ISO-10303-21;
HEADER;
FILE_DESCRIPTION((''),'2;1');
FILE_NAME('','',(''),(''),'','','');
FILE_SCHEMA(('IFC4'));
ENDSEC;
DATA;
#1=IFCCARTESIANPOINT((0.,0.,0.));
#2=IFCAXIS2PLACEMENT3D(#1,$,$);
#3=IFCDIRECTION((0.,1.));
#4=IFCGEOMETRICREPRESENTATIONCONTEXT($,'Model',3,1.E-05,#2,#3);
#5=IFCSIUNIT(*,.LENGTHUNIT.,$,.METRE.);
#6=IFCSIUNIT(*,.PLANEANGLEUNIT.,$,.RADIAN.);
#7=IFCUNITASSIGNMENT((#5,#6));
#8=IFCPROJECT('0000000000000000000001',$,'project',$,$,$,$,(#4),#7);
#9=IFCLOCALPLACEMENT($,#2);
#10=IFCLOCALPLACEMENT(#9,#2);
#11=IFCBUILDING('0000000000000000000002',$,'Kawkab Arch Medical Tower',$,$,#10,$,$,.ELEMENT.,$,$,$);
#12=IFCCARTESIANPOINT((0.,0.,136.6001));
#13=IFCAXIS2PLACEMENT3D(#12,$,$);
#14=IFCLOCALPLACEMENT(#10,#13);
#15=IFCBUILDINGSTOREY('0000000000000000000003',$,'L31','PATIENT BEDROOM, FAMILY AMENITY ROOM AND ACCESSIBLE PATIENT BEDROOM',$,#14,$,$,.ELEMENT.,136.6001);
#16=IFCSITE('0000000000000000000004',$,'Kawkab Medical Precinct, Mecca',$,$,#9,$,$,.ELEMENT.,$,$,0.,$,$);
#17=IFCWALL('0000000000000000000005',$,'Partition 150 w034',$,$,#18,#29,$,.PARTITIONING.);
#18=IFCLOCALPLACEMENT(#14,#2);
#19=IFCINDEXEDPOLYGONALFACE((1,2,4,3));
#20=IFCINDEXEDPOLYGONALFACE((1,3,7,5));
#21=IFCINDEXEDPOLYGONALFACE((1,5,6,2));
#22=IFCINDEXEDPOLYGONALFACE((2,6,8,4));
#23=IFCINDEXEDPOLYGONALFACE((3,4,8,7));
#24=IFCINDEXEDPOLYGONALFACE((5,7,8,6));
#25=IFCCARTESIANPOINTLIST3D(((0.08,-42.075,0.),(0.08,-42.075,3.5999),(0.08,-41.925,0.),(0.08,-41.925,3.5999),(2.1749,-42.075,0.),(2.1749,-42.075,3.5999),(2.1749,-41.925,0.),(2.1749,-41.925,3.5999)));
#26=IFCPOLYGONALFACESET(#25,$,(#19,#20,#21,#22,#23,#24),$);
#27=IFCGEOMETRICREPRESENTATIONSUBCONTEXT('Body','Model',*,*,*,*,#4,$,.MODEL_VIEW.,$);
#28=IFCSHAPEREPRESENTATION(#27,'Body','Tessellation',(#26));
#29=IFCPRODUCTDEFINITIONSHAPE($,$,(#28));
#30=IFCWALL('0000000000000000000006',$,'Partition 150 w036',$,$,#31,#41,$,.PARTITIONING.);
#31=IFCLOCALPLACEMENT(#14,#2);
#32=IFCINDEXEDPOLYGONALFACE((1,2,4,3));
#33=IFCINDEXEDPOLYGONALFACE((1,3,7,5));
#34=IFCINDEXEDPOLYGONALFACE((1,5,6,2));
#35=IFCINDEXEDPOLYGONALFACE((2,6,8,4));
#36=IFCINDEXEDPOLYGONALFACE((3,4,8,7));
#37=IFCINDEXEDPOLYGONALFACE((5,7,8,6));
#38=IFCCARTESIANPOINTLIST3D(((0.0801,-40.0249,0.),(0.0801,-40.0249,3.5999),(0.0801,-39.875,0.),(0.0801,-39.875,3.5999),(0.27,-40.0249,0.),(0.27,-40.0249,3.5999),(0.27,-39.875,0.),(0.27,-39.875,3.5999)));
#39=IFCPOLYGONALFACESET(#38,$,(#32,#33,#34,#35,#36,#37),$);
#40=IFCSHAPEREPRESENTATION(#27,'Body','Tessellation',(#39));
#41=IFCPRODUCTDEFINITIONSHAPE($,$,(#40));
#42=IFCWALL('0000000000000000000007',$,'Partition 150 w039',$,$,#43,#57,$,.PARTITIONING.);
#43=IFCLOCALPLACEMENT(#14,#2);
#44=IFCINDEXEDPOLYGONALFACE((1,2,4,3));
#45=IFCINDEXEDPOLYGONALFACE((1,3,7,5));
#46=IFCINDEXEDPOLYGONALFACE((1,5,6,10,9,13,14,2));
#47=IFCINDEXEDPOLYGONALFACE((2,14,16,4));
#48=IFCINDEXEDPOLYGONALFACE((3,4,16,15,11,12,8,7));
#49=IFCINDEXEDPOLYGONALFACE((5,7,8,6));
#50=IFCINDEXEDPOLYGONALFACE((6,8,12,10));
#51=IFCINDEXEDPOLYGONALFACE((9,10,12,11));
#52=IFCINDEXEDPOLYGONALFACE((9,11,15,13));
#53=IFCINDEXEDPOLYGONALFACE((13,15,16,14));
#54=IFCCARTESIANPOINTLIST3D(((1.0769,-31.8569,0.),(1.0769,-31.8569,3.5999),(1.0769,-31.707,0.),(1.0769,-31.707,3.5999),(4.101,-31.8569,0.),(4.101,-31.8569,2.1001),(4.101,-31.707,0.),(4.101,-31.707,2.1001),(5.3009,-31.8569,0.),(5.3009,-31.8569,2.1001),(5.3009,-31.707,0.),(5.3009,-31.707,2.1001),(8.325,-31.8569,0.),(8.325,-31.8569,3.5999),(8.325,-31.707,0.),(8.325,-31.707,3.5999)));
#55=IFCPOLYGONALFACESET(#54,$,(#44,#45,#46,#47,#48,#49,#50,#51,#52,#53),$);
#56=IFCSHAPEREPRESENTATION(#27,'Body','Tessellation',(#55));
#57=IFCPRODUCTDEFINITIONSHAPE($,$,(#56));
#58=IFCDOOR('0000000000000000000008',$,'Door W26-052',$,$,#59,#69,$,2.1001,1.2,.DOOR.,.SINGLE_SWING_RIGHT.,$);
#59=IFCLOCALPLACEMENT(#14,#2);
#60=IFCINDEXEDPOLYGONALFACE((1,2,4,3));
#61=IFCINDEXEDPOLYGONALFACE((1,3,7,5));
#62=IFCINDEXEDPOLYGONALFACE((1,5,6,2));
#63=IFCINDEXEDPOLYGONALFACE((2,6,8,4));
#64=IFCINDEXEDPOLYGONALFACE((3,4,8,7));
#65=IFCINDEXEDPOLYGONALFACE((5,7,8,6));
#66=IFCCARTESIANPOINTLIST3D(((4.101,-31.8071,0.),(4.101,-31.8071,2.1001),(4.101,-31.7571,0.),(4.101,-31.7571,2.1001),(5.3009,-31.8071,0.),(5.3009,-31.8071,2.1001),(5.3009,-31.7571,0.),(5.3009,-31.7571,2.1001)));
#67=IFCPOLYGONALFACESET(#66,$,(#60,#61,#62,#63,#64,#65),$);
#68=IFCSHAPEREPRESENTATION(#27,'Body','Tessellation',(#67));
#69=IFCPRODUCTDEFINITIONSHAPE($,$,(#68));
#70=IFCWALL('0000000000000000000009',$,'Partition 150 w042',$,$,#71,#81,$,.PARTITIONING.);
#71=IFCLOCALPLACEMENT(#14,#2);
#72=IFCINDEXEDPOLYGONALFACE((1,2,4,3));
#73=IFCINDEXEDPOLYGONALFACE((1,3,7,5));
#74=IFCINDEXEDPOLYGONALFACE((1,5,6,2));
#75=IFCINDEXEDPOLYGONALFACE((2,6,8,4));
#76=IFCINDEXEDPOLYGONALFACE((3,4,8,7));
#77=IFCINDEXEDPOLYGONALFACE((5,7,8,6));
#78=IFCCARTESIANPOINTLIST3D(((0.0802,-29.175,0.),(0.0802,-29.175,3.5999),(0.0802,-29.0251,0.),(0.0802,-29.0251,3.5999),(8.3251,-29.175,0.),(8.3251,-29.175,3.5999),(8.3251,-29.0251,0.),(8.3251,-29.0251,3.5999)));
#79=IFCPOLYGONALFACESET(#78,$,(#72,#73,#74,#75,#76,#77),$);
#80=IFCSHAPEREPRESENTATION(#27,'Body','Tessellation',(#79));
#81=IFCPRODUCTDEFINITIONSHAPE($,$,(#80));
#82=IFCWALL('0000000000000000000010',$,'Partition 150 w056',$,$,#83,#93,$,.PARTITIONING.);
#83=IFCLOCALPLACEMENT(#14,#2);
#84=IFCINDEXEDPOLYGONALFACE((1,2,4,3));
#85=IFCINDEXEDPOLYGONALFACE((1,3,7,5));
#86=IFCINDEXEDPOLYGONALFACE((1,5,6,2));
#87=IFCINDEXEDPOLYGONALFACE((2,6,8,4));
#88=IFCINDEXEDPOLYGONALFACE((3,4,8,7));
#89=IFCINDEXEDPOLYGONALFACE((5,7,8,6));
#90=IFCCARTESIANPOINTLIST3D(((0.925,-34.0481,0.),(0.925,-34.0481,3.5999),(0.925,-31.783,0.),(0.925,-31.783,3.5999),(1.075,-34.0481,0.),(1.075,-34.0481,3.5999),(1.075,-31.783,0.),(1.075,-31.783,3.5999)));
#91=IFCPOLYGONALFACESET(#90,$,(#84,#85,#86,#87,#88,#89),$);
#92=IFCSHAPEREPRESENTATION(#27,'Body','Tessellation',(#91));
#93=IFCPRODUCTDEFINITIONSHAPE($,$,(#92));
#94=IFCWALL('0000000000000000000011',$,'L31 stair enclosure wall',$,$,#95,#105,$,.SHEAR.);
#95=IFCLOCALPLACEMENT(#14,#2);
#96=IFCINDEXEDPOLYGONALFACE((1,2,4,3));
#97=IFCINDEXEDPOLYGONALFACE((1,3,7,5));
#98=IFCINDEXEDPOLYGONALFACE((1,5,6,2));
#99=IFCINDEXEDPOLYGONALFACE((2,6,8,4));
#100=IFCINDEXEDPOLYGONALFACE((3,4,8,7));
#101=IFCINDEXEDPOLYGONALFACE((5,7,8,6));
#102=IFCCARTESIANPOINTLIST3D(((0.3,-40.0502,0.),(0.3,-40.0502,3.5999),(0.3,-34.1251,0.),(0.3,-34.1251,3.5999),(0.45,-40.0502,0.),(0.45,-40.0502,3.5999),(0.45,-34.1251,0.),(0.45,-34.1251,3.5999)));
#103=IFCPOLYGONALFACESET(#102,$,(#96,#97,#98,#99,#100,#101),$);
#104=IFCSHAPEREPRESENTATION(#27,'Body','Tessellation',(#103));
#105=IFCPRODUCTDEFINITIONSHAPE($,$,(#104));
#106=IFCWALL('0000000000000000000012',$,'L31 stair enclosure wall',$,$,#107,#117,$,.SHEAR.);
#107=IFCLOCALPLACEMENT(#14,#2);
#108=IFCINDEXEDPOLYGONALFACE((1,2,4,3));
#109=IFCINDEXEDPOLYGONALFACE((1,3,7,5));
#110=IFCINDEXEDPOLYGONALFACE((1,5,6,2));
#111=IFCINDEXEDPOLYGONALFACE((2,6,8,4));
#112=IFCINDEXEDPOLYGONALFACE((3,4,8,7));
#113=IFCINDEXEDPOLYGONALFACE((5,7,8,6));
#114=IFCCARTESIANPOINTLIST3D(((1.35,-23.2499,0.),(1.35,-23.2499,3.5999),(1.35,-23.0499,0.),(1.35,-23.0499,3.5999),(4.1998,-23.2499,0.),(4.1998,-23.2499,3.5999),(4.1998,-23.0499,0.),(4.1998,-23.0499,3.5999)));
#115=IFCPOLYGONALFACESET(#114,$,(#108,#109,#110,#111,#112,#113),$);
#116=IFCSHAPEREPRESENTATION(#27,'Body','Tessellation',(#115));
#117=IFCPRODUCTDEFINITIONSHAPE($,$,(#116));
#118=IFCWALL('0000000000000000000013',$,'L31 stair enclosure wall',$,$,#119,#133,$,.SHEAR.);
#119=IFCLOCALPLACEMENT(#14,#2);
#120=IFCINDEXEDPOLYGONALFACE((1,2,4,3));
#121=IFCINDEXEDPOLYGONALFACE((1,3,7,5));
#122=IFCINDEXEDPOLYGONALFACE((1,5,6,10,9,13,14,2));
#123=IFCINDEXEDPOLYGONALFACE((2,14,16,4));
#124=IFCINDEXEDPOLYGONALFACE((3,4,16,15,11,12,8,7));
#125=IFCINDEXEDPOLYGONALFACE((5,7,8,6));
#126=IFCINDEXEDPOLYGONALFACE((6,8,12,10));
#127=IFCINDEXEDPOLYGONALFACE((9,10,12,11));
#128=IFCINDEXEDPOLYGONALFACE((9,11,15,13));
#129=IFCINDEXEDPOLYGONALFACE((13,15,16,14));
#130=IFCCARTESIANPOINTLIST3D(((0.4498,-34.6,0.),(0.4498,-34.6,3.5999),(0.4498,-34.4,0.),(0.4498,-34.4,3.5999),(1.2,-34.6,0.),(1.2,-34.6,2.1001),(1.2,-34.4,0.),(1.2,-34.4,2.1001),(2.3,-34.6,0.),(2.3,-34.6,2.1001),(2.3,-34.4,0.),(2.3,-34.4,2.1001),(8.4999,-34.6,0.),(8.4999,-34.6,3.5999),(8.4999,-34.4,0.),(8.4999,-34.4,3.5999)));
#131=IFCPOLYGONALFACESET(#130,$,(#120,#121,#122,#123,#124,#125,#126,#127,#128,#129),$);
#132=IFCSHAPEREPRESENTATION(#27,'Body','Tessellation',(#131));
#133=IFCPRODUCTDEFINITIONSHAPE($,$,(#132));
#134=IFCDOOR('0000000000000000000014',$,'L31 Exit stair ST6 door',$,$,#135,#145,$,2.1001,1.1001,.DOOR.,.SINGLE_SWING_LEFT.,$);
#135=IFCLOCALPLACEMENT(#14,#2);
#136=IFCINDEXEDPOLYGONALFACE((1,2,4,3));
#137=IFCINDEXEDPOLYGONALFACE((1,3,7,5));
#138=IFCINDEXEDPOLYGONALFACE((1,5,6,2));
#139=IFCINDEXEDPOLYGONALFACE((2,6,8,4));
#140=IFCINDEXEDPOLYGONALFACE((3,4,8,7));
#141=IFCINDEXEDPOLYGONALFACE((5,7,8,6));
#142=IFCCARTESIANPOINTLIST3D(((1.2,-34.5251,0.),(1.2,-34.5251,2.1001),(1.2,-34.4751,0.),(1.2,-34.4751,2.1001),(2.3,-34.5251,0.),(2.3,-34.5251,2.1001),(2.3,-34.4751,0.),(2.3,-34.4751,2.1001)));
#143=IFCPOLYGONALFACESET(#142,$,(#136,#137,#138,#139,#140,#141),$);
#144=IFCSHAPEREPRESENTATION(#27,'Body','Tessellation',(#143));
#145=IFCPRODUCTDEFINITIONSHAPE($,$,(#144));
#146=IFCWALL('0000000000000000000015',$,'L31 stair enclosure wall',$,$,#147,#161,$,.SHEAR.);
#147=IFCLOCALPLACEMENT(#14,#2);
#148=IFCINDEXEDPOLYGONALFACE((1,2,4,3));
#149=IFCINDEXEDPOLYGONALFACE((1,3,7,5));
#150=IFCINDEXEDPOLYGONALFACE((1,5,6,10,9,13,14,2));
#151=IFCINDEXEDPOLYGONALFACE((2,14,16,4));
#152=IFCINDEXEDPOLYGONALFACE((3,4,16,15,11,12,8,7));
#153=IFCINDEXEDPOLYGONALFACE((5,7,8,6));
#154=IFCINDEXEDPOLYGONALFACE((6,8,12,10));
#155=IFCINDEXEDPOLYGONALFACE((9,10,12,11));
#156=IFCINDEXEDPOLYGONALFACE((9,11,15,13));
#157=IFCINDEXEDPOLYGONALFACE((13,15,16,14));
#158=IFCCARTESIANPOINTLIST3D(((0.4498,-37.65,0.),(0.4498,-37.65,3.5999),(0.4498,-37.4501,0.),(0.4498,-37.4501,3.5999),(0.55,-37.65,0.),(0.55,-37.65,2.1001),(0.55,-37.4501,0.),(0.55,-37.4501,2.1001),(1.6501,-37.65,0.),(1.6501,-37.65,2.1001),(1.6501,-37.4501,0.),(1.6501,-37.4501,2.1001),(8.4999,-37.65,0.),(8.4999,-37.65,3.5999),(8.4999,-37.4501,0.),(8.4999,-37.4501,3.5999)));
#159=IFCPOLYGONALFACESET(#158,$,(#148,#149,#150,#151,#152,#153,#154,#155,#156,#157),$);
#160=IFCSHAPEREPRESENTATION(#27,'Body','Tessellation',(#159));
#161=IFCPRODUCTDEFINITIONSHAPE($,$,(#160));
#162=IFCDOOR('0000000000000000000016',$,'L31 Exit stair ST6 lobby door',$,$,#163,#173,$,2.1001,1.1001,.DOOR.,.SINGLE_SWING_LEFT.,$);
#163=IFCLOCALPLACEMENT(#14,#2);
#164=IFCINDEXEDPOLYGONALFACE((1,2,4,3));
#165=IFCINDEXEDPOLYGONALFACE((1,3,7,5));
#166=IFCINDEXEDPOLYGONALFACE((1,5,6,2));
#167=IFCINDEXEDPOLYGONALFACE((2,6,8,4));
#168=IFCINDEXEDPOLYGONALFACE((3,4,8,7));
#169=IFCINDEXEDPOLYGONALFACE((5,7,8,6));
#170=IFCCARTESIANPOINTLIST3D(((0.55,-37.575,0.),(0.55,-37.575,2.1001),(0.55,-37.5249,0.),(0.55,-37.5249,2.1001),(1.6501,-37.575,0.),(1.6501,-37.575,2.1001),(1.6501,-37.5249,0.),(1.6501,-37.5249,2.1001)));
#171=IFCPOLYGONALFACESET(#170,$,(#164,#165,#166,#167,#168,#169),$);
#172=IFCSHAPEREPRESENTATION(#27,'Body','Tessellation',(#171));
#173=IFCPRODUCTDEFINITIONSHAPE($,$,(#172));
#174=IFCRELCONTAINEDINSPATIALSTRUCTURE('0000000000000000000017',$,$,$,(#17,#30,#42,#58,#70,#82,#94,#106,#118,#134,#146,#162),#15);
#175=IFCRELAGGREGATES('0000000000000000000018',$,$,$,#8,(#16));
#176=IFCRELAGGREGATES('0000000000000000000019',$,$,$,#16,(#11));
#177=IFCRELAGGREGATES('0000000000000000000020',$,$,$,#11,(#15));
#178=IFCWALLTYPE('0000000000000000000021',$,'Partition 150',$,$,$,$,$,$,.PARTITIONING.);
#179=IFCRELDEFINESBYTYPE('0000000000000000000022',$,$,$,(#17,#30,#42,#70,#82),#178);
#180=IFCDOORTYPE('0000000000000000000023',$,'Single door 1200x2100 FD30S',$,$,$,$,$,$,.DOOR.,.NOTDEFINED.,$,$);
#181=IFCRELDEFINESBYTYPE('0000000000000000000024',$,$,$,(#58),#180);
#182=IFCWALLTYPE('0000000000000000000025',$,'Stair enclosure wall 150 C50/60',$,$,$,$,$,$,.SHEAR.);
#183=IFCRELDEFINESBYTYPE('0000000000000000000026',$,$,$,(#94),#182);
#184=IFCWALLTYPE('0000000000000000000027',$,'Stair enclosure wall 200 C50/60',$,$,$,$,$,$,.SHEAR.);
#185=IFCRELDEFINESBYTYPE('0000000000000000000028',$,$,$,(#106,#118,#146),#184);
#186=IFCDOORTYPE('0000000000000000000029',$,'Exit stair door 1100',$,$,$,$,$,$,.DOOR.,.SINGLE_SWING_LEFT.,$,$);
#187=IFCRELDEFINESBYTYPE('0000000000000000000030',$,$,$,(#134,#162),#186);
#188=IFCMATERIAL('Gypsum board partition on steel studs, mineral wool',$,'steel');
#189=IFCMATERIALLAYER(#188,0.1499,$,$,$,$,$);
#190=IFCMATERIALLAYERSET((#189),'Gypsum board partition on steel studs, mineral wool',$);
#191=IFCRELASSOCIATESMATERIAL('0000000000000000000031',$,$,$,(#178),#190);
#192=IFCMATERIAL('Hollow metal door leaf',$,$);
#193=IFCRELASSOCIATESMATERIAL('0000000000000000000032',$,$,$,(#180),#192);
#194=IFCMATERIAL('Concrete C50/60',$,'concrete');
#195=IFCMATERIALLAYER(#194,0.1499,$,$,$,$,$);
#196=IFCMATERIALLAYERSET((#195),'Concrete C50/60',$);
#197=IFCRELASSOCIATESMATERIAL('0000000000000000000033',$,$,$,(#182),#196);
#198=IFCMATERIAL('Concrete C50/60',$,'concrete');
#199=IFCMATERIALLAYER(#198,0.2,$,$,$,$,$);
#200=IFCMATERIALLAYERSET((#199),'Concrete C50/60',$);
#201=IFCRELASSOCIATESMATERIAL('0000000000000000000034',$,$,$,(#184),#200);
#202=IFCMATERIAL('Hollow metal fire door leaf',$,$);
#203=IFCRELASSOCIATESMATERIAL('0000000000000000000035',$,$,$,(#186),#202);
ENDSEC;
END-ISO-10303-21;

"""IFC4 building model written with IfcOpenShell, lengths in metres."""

from ifc_helpers import new_model, si_unit, direction, frame, frame_2d, origin, place, context, subcontext, project, spatial, rectangle, extrude, material, layer, layer_set, type_object, element, fill, save


model = new_model("IFC4")

# Units and contexts
model_context = context("Model", 3, precision=1e-05, world=origin(), true_north=direction((0.0, 1.0)))
body_context = subcontext(model_context, "Body", "Model", "MODEL_VIEW")
ifc_project = project(units=[si_unit("LENGTHUNIT", "METRE"), si_unit("PLANEANGLEUNIT", "RADIAN")], contexts=[model_context])

# Site, building, storey
site_placement = place(None, origin())
site = spatial("IfcSite", under=ifc_project, at=site_placement, Name="Kawkab Medical Precinct, Mecca", CompositionType="ELEMENT", RefElevation=0.0)
building_placement = place(site_placement, origin())
building = spatial("IfcBuilding", under=site, at=building_placement, Name="Kawkab Arch Medical Tower", CompositionType="ELEMENT")
storey_placement = place(building_placement, frame((0.0, 0.0, 136.6001)))
storey = spatial("IfcBuildingStorey", under=building, at=storey_placement, Name="L31", Description="PATIENT BEDROOM, FAMILY AMENITY ROOM AND ACCESSIBLE PATIENT BEDROOM", CompositionType="ELEMENT", Elevation=136.6001)

# Walls
ifc_material_1 = material(Name="Gypsum board partition on steel studs, mineral wool", Category="steel")
ifc_layer_1 = layer(ifc_material_1, 0.1499)
ifc_layer_set_1 = layer_set([ifc_layer_1], Name="Gypsum board partition on steel studs, mineral wool")
wall_type_1 = type_object("IfcWallType", Name="Partition 150", PredefinedType="PARTITIONING", material=ifc_layer_set_1)
wall_1_placement = place(storey_placement, frame((0.0801, -42.0, 0.0), z_axis=(0.0, 0.0, 1.0), x_axis=(1.0, 0.0, 0.0)))
element("IfcWall", 1, at=wall_1_placement, inside=storey, type_object=wall_type_1, Name="Partition 150 w034", PredefinedType="PARTITIONING", context=body_context, shape_type="SweptSolid", body=[
    extrude(rectangle(XDim=2.095, YDim=0.1499, at=frame_2d((1.0474, 0.0))), origin(), (0.0, 0.0, 1.0), 3.5999),
])
wall_2_placement = place(storey_placement, frame((0.0801, -39.95, 0.0), z_axis=(0.0, 0.0, 1.0), x_axis=(1.0, 0.0, 0.0)))
element("IfcWall", 2, at=wall_2_placement, inside=storey, type_object=wall_type_1, Name="Partition 150 w036", PredefinedType="PARTITIONING", context=body_context, shape_type="SweptSolid", body=[
    extrude(rectangle(XDim=0.1899, YDim=0.1499, at=frame_2d((0.095, 0.0))), origin(), (0.0, 0.0, 1.0), 3.5999),
])

# Wall, opening, door
wall_3_placement = place(storey_placement, frame((1.0769, -31.782, 0.0), z_axis=(0.0, 0.0, 1.0), x_axis=(1.0, 0.0, 0.0)))
wall_3 = element("IfcWall", 3, at=wall_3_placement, inside=storey, type_object=wall_type_1, Name="Partition 150 w039", PredefinedType="PARTITIONING", context=body_context, shape_type="SweptSolid", body=[
    extrude(rectangle(XDim=7.248, YDim=0.1499, at=frame_2d((3.624, 0.0))), origin(), (0.0, 0.0, 1.0), 3.5999),
])
opening_1_placement = place(wall_3_placement, frame((3.0239, 0.0, 0.0)))
opening_1 = element("IfcOpeningElement", 4, at=opening_1_placement, cuts=wall_3, PredefinedType="OPENING", context=body_context, shape_type="SweptSolid", body=[
    extrude(rectangle(XDim=1.2, YDim=2.1001, at=frame_2d((0.6001, 1.05))), frame((0.0, 0.085, 0.0), z_axis=(0.0, -1.0, 0.0), x_axis=(1.0, 0.0, 0.0)), (0.0, 0.0, 1.0), 0.1699),
])
ifc_material_2 = material(Name="Hollow metal door leaf")
door_type_1 = type_object("IfcDoorType", Name="Single door 1200x2100 FD30S", OperationType="NOTDEFINED", PredefinedType="DOOR", material=ifc_material_2)
door_1_placement = place(opening_1_placement, origin())
door_1 = element("IfcDoor", 5, at=door_1_placement, inside=storey, type_object=door_type_1, Name="Door W26-052", OperationType="SINGLE_SWING_RIGHT", OverallHeight=2.1001, OverallWidth=1.2, PredefinedType="DOOR", context=body_context, shape_type="SweptSolid", body=[
    extrude(rectangle(XDim=1.2, YDim=2.1001, at=frame_2d((0.6001, 1.05))), frame((0.0, 0.0249, 0.0), z_axis=(0.0, -1.0, 0.0), x_axis=(1.0, 0.0, 0.0)), (0.0, 0.0, 1.0), 0.05),
])
fill(opening_1, door_1)

# Walls
wall_4_placement = place(storey_placement, frame((0.0801, -29.1001, 0.0), z_axis=(0.0, 0.0, 1.0), x_axis=(1.0, 0.0, 0.0)))
element("IfcWall", 6, at=wall_4_placement, inside=storey, type_object=wall_type_1, Name="Partition 150 w042", PredefinedType="PARTITIONING", context=body_context, shape_type="SweptSolid", body=[
    extrude(rectangle(XDim=8.2449, YDim=0.1499, at=frame_2d((4.1226, 0.0))), origin(), (0.0, 0.0, 1.0), 3.5999),
])
wall_5_placement = place(storey_placement, frame((1.0, -34.0481, 0.0), z_axis=(0.0, 0.0, 1.0), x_axis=(0.0, 1.0, 0.0)))
element("IfcWall", 7, at=wall_5_placement, inside=storey, type_object=wall_type_1, Name="Partition 150 w056", PredefinedType="PARTITIONING", context=body_context, shape_type="SweptSolid", body=[
    extrude(rectangle(XDim=2.2651, YDim=0.1499, at=frame_2d((1.1326, 0.0))), origin(), (0.0, 0.0, 1.0), 3.5999),
])
ifc_material_3 = material(Name="Concrete C50/60", Category="concrete")
ifc_layer_2 = layer(ifc_material_3, 0.1499)
ifc_layer_set_2 = layer_set([ifc_layer_2], Name="Concrete C50/60")
wall_type_2 = type_object("IfcWallType", Name="Stair enclosure wall 150 C50/60", PredefinedType="SHEAR", material=ifc_layer_set_2)
wall_6_placement = place(storey_placement, frame((0.375, -40.05, 0.0), z_axis=(0.0, 0.0, 1.0), x_axis=(0.0, 1.0, 0.0)))
element("IfcWall", 8, at=wall_6_placement, inside=storey, type_object=wall_type_2, Name="L31 stair enclosure wall", PredefinedType="SHEAR", context=body_context, shape_type="SweptSolid", body=[
    extrude(rectangle(XDim=5.925, YDim=0.1499, at=frame_2d((2.9624, 0.0))), origin(), (0.0, 0.0, 1.0), 3.5999),
])
ifc_material_4 = material(Name="Concrete C50/60", Category="concrete")
ifc_layer_3 = layer(ifc_material_4, 0.2)
ifc_layer_set_3 = layer_set([ifc_layer_3], Name="Concrete C50/60")
wall_type_3 = type_object("IfcWallType", Name="Stair enclosure wall 200 C50/60", PredefinedType="SHEAR", material=ifc_layer_set_3)
wall_7_placement = place(storey_placement, frame((1.3501, -23.1499, 0.0), z_axis=(0.0, 0.0, 1.0), x_axis=(1.0, 0.0, 0.0)))
element("IfcWall", 9, at=wall_7_placement, inside=storey, type_object=wall_type_3, Name="L31 stair enclosure wall", PredefinedType="SHEAR", context=body_context, shape_type="SweptSolid", body=[
    extrude(rectangle(XDim=2.8499, YDim=0.2, at=frame_2d((1.4248, 0.0))), origin(), (0.0, 0.0, 1.0), 3.5999),
])

# Walls, openings, doors
wall_8_placement = place(storey_placement, frame((0.45, -34.5, 0.0), z_axis=(0.0, 0.0, 1.0), x_axis=(1.0, 0.0, 0.0)))
wall_8 = element("IfcWall", 10, at=wall_8_placement, inside=storey, type_object=wall_type_3, Name="L31 stair enclosure wall", PredefinedType="SHEAR", context=body_context, shape_type="SweptSolid", body=[
    extrude(rectangle(XDim=8.05, YDim=0.2, at=frame_2d((4.0249, 0.0))), origin(), (0.0, 0.0, 1.0), 3.5999),
])
opening_2_placement = place(wall_8_placement, frame((0.75, 0.0, 0.0)))
opening_2 = element("IfcOpeningElement", 11, at=opening_2_placement, cuts=wall_8, PredefinedType="OPENING", context=body_context, shape_type="SweptSolid", body=[
    extrude(rectangle(XDim=1.1001, YDim=2.1001, at=frame_2d((0.55, 1.05))), frame((0.0, 0.1099, 0.0), z_axis=(0.0, -1.0, 0.0), x_axis=(1.0, 0.0, 0.0)), (0.0, 0.0, 1.0), 0.22),
])
ifc_material_5 = material(Name="Hollow metal fire door leaf")
door_type_2 = type_object("IfcDoorType", Name="Exit stair door 1100", OperationType="SINGLE_SWING_LEFT", PredefinedType="DOOR", material=ifc_material_5)
door_2_placement = place(opening_2_placement, origin())
door_2 = element("IfcDoor", 12, at=door_2_placement, inside=storey, type_object=door_type_2, Name="L31 Exit stair ST6 door", OperationType="SINGLE_SWING_LEFT", OverallHeight=2.1001, OverallWidth=1.1001, PredefinedType="DOOR", context=body_context, shape_type="SweptSolid", body=[
    extrude(rectangle(XDim=1.1001, YDim=2.1001, at=frame_2d((0.55, 1.05))), frame((0.0, 0.0249, 0.0), z_axis=(0.0, -1.0, 0.0), x_axis=(1.0, 0.0, 0.0)), (0.0, 0.0, 1.0), 0.05),
])
fill(opening_2, door_2)
wall_9_placement = place(storey_placement, frame((0.45, -37.55, 0.0), z_axis=(0.0, 0.0, 1.0), x_axis=(1.0, 0.0, 0.0)))
wall_9 = element("IfcWall", 13, at=wall_9_placement, inside=storey, type_object=wall_type_3, Name="L31 stair enclosure wall", PredefinedType="SHEAR", context=body_context, shape_type="SweptSolid", body=[
    extrude(rectangle(XDim=8.05, YDim=0.2, at=frame_2d((4.0249, 0.0))), origin(), (0.0, 0.0, 1.0), 3.5999),
])
opening_3_placement = place(wall_9_placement, frame((0.1001, 0.0, 0.0)))
opening_3 = element("IfcOpeningElement", 14, at=opening_3_placement, cuts=wall_9, PredefinedType="OPENING", context=body_context, shape_type="SweptSolid", body=[
    extrude(rectangle(XDim=1.1001, YDim=2.1001, at=frame_2d((0.55, 1.05))), frame((0.0, 0.1099, 0.0), z_axis=(0.0, -1.0, 0.0), x_axis=(1.0, 0.0, 0.0)), (0.0, 0.0, 1.0), 0.22),
])
door_3_placement = place(opening_3_placement, frame((1.1001, 0.0, 0.0), z_axis=(0.0, 0.0, 1.0), x_axis=(-1.0, 0.0, 0.0)))
door_3 = element("IfcDoor", 15, at=door_3_placement, inside=storey, type_object=door_type_2, Name="L31 Exit stair ST6 lobby door", OperationType="SINGLE_SWING_LEFT", OverallHeight=2.1001, OverallWidth=1.1001, PredefinedType="DOOR", context=body_context, shape_type="SweptSolid", body=[
    extrude(rectangle(XDim=1.1001, YDim=2.1001, at=frame_2d((0.55, 1.05))), frame((0.0, 0.0249, 0.0), z_axis=(0.0, -1.0, 0.0), x_axis=(1.0, 0.0, 0.0)), (0.0, 0.0, 1.0), 0.05),
])
fill(opening_3, door_3)

save(model, "model.ifc")
